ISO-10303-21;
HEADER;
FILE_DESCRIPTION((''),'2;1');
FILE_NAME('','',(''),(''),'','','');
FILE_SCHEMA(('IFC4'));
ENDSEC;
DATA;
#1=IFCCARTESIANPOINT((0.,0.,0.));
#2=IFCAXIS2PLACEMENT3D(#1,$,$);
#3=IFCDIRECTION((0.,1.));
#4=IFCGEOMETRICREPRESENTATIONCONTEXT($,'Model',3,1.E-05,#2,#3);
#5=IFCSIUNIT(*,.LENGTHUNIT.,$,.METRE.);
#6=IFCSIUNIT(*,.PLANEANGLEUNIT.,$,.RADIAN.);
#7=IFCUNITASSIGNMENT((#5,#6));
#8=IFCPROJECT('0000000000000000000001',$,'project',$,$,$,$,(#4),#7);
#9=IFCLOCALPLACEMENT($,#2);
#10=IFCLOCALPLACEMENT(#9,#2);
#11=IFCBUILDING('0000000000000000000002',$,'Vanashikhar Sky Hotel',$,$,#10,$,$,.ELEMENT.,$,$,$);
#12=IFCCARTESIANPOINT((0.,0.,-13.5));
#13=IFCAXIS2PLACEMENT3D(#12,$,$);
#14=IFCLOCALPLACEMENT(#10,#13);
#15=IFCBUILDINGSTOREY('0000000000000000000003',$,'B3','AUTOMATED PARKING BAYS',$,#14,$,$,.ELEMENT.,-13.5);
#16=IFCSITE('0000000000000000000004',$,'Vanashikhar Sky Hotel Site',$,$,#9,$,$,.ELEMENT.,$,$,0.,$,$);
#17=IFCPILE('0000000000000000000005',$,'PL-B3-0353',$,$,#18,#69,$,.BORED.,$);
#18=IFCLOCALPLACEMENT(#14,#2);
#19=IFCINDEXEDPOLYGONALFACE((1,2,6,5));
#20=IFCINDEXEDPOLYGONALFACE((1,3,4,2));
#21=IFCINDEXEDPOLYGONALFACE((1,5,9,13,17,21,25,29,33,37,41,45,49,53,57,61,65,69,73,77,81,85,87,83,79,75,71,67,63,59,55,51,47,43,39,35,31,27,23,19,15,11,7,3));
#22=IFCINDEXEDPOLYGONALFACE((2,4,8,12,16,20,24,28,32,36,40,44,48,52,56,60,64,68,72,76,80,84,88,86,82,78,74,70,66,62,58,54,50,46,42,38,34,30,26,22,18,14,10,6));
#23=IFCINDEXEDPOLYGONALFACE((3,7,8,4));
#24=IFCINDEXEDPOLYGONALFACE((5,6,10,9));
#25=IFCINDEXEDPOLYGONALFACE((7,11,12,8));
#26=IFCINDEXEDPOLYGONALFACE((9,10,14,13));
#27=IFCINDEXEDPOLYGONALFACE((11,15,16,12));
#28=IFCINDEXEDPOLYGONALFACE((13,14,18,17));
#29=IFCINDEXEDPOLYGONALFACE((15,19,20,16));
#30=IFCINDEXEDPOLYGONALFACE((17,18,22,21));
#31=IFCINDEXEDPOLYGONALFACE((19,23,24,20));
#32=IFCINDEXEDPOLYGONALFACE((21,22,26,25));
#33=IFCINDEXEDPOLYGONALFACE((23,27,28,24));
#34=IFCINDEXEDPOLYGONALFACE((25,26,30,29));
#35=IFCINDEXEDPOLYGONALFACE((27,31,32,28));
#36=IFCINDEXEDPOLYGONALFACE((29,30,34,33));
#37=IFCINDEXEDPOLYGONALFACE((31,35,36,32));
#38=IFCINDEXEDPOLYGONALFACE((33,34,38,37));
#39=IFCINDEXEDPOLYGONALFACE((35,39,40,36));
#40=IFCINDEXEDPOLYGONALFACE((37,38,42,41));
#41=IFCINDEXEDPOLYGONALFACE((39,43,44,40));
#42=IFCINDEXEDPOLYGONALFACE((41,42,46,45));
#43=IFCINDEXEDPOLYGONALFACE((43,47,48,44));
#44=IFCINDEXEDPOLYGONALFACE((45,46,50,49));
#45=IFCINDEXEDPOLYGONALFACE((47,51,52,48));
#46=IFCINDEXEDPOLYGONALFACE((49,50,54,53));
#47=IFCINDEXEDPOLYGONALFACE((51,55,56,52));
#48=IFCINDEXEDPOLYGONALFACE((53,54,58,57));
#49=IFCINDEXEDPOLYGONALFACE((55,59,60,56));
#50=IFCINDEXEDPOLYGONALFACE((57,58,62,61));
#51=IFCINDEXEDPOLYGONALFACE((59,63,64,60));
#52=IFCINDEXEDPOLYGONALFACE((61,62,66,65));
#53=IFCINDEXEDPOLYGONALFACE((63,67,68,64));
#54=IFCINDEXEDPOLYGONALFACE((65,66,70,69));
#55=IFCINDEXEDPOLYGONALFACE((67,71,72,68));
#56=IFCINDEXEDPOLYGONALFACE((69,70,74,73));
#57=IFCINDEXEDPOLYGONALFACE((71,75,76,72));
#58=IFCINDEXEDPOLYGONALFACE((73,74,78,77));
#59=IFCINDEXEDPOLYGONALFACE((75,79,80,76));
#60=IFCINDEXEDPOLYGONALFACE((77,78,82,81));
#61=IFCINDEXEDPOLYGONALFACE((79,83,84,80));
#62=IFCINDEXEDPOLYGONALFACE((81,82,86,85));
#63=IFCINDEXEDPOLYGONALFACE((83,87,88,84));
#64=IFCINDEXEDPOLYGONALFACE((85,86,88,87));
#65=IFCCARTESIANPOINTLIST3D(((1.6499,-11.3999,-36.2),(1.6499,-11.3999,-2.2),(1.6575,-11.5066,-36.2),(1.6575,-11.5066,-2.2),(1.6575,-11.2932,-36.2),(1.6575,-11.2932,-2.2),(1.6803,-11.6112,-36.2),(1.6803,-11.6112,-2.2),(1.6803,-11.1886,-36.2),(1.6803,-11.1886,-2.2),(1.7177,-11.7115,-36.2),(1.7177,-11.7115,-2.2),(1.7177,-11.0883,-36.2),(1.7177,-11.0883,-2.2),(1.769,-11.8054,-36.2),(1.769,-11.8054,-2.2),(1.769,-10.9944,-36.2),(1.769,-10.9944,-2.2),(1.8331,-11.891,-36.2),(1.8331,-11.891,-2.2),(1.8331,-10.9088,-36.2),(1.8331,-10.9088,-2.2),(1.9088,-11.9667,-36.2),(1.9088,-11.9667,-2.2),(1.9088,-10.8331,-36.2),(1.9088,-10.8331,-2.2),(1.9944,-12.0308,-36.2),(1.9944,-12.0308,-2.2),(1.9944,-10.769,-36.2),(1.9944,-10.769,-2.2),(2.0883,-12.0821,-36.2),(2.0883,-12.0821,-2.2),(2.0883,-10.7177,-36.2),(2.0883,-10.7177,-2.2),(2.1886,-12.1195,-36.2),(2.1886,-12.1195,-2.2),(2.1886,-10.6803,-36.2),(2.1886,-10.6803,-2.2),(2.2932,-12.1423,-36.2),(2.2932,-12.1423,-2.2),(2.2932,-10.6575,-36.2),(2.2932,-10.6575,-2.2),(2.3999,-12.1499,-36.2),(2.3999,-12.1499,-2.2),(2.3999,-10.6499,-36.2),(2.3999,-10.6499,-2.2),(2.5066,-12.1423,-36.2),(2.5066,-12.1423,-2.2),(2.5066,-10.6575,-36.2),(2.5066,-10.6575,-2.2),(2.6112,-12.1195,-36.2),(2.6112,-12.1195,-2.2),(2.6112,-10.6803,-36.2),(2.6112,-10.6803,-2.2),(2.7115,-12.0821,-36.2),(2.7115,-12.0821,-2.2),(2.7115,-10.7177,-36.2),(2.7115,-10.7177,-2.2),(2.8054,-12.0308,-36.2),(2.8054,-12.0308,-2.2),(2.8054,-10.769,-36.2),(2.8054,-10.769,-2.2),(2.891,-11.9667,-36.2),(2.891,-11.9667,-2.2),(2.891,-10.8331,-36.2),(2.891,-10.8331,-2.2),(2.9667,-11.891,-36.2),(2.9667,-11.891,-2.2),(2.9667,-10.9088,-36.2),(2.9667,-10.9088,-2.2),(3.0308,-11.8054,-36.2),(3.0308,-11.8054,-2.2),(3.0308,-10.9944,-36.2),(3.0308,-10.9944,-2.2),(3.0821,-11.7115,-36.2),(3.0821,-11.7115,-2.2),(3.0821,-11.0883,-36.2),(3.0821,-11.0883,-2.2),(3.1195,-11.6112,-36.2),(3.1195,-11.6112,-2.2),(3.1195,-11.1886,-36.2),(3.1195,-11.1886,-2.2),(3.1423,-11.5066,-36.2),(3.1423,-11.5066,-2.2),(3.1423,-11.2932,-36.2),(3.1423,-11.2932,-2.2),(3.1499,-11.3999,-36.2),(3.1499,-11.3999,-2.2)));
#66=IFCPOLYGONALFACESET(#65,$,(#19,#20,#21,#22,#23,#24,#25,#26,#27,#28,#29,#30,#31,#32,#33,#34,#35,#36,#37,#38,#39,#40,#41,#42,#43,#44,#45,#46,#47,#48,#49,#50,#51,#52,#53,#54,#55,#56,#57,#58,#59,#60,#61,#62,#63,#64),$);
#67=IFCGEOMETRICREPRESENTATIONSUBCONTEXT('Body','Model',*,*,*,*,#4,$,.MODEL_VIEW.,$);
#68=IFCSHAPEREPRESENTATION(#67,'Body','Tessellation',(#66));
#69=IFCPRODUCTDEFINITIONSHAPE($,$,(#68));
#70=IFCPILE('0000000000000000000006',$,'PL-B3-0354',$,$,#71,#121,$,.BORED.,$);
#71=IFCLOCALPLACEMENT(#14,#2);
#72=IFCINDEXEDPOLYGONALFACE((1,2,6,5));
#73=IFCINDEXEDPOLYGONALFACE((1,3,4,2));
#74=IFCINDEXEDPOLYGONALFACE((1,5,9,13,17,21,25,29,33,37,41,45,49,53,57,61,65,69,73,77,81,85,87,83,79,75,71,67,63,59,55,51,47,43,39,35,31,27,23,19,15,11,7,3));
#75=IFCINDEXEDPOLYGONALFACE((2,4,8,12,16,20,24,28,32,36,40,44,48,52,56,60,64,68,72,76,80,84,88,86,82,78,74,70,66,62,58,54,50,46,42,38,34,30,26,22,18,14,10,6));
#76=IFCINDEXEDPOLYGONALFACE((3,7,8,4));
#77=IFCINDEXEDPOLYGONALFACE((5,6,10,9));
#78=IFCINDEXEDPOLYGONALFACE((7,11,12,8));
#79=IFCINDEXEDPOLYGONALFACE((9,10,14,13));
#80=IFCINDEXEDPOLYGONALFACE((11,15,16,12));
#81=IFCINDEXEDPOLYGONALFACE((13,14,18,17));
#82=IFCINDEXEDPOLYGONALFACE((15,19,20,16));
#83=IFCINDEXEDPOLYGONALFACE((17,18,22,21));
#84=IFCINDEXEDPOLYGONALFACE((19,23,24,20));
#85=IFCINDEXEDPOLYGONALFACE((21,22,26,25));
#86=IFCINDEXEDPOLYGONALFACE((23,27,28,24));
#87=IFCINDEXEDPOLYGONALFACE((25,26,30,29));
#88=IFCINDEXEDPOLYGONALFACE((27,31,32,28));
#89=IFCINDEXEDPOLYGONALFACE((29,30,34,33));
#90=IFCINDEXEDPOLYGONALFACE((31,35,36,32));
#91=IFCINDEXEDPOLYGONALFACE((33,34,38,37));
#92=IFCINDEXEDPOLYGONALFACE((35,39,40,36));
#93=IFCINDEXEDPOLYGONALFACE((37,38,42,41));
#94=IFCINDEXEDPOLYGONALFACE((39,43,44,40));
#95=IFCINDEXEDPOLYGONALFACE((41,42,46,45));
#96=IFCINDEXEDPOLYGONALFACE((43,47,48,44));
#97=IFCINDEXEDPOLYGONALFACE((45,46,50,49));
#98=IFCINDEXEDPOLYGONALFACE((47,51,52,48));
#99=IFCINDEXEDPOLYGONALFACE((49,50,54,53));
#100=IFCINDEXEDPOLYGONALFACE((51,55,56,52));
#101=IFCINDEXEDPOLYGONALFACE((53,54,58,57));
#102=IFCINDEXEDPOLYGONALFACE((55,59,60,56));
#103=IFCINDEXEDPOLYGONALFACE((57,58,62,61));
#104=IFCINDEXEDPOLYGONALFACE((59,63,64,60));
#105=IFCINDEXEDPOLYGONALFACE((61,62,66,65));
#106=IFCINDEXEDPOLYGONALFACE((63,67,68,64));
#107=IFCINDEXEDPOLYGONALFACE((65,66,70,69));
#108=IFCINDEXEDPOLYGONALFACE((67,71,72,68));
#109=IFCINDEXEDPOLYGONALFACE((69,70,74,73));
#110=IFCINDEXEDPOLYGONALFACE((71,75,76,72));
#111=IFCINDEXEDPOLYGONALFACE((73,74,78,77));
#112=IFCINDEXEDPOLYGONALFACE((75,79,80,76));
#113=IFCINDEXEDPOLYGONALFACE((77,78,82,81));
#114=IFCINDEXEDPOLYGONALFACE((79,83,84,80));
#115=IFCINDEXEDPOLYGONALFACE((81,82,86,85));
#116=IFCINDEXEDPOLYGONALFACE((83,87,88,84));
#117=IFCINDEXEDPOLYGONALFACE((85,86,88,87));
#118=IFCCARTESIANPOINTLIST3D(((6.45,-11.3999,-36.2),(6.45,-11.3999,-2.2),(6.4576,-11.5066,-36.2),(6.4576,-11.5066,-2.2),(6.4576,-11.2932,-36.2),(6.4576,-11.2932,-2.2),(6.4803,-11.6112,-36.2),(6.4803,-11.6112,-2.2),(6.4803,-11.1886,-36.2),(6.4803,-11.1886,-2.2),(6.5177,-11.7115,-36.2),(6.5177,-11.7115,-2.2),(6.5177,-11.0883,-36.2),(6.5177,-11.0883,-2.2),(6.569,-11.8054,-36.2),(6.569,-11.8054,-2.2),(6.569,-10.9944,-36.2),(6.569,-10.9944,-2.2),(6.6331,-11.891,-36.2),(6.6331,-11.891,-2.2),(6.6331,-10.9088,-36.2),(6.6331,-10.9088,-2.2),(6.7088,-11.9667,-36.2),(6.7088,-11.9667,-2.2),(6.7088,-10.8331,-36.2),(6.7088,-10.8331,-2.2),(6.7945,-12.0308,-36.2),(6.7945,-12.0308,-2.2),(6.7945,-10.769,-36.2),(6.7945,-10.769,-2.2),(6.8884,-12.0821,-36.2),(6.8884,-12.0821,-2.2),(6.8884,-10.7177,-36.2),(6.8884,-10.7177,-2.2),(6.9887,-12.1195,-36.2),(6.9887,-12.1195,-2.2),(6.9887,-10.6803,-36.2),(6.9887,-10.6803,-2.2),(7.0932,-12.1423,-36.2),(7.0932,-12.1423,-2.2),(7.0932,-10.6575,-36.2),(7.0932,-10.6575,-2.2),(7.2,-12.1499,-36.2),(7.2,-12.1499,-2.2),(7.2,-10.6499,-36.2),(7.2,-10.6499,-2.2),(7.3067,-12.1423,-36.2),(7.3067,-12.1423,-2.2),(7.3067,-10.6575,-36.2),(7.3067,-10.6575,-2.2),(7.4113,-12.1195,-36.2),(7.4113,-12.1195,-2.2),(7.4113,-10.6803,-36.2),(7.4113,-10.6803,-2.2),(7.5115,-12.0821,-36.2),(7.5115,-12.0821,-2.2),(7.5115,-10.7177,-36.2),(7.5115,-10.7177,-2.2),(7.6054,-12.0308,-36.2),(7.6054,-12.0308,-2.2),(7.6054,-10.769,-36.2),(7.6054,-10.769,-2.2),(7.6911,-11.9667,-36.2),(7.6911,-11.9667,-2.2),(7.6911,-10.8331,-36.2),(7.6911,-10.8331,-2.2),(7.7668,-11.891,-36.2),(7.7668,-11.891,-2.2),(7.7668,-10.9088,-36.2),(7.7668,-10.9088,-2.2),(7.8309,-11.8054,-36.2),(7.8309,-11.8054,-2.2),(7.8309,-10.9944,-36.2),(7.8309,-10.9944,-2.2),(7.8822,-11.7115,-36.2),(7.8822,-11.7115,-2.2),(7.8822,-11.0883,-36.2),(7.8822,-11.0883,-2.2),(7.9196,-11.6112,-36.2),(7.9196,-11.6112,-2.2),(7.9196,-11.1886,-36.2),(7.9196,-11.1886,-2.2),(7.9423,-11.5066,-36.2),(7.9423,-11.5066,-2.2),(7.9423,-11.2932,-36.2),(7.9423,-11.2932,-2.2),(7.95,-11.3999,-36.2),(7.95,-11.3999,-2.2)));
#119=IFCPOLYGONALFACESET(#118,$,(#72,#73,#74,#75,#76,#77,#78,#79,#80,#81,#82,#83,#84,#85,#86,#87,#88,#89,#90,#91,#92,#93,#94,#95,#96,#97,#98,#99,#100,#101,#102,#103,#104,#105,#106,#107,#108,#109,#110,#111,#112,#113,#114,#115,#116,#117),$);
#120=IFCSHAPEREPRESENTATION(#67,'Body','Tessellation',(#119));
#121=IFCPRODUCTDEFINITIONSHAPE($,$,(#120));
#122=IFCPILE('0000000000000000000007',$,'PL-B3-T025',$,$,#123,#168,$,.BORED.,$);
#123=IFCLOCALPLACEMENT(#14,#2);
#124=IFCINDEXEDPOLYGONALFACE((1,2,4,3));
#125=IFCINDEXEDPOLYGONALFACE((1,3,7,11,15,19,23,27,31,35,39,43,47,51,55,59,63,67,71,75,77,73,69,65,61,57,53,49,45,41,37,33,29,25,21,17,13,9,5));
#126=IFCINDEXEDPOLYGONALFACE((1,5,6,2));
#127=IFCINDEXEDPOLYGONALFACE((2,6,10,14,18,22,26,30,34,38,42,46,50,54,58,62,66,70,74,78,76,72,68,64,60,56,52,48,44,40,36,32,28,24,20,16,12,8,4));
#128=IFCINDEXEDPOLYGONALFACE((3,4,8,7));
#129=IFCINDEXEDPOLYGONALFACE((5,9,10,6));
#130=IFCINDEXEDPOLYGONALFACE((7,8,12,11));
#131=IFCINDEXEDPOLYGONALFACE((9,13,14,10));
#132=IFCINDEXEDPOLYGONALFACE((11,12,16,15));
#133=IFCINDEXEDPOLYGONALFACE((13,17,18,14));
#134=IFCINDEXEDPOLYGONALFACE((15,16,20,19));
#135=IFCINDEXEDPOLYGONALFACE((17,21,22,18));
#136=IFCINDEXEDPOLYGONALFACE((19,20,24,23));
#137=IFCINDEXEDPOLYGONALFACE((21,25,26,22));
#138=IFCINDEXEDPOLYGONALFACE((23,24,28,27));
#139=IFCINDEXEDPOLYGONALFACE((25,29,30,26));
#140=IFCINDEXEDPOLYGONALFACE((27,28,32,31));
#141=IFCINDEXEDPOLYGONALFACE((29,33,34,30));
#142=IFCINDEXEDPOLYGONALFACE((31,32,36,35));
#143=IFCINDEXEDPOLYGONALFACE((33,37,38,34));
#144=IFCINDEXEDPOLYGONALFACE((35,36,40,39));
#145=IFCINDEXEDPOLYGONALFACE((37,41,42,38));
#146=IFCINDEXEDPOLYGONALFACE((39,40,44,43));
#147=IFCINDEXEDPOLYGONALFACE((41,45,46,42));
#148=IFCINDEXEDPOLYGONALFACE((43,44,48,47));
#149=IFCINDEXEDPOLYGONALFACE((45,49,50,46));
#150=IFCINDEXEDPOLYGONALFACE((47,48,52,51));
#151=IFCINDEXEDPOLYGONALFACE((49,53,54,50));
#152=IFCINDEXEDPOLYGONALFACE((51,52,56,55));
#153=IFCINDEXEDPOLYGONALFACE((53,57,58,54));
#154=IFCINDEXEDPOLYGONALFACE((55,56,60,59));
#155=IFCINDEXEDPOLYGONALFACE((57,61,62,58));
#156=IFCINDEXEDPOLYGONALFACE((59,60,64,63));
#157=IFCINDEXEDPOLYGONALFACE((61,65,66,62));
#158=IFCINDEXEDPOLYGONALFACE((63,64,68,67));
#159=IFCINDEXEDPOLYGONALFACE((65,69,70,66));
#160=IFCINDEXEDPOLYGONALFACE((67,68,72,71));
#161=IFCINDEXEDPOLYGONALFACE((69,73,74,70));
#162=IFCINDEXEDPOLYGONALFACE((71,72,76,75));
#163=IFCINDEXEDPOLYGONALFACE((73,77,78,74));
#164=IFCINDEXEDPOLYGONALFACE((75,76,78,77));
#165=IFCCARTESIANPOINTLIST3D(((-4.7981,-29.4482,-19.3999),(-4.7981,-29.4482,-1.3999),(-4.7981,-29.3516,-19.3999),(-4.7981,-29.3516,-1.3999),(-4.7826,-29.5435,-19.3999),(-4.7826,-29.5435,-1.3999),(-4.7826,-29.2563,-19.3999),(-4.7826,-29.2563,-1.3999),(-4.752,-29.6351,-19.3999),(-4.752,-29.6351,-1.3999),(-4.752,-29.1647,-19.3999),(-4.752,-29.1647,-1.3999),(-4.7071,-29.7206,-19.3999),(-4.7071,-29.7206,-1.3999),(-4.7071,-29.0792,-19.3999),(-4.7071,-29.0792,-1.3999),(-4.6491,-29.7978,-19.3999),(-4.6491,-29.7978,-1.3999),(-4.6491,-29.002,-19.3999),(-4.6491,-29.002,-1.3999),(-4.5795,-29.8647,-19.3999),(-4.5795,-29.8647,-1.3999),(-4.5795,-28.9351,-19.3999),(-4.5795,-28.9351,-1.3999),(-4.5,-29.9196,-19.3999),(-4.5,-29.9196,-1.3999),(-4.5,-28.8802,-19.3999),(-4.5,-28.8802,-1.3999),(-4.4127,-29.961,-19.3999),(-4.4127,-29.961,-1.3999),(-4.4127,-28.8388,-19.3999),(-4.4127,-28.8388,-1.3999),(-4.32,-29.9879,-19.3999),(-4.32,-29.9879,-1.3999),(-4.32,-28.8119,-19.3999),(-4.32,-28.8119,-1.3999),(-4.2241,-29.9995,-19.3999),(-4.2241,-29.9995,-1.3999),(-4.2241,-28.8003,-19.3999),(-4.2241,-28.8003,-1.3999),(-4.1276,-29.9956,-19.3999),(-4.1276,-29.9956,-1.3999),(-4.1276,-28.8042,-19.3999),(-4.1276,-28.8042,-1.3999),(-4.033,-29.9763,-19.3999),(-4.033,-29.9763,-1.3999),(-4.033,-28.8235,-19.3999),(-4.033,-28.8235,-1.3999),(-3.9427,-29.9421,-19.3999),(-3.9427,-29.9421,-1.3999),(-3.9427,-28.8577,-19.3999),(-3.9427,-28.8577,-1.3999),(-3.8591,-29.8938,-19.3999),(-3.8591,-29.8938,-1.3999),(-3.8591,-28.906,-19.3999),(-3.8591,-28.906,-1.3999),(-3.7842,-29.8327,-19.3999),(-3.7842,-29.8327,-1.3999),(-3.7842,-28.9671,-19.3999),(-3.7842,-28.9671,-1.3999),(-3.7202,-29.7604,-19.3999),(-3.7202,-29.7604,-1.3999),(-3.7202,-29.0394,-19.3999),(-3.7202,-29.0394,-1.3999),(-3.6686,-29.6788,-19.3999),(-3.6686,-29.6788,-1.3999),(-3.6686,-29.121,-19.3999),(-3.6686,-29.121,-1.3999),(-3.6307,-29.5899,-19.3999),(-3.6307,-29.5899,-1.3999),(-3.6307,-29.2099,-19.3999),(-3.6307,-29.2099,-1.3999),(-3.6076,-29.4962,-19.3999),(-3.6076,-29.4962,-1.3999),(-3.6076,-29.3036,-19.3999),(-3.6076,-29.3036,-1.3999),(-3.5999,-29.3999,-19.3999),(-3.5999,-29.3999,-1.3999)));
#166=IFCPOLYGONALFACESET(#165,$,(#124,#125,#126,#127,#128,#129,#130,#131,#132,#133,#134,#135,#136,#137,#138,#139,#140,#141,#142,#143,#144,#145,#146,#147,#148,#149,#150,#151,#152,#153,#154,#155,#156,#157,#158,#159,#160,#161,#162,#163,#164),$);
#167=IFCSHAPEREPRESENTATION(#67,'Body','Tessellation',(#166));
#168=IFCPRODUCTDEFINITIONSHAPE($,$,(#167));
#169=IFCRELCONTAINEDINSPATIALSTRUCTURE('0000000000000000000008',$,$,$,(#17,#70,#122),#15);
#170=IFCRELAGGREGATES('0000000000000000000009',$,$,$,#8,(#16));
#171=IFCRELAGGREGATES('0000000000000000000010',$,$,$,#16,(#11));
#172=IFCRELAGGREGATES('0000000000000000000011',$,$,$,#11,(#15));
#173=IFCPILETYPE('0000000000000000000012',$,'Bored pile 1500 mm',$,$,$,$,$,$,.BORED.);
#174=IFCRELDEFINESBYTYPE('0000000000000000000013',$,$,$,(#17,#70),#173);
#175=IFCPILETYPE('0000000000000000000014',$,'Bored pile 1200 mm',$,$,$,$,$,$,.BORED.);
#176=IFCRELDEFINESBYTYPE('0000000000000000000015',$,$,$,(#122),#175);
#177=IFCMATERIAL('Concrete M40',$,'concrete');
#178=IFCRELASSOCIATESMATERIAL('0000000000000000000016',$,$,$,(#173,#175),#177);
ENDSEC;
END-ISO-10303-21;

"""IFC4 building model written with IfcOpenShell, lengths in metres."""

from ifc_helpers import new_model, si_unit, direction, frame, origin, origin_2d, place, context, subcontext, project, spatial, circle, extrude, source, transform, mapped, material, type_object, element, save


model = new_model("IFC4")

# Units and contexts
model_context = context("Model", 3, precision=1e-05, world=origin(), true_north=direction((0.0, 1.0)))
body_context = subcontext(model_context, "Body", "Model", "MODEL_VIEW")
ifc_project = project(units=[si_unit("LENGTHUNIT", "METRE"), si_unit("PLANEANGLEUNIT", "RADIAN")], contexts=[model_context])

# Site, building, storey
site_placement = place(None, origin())
site = spatial("IfcSite", under=ifc_project, at=site_placement, Name="Vanashikhar Sky Hotel Site", CompositionType="ELEMENT", RefElevation=0.0)
building_placement = place(site_placement, origin())
building = spatial("IfcBuilding", under=site, at=building_placement, Name="Vanashikhar Sky Hotel", CompositionType="ELEMENT")
storey_placement = place(building_placement, frame((0.0, 0.0, -13.5)))
storey = spatial("IfcBuildingStorey", under=building, at=storey_placement, Name="B3", Description="AUTOMATED PARKING BAYS", CompositionType="ELEMENT", Elevation=-13.5)

# Piles
ifc_material_1 = material(Name="Concrete M40", Category="concrete")
pile_type_1 = type_object("IfcPileType", Name="Bored pile 1500 mm", PredefinedType="BORED", material=ifc_material_1)
shared_shape_1 = source(origin(), body_context, "Body", "SweptSolid", [
    extrude(circle(Radius=0.75, at=origin_2d()), origin(), (0.0, 0.0, 1.0), 34.0),
])
for number, where, z_axis, x_axis, name in (
    (1, (2.3999, -11.3999, -2.2), (0.0, 0.0, -1.0), (1.0, 0.0, 0.0), "PL-B3-0353"),
    (2, (7.2, -11.3999, -2.2), (0.0, 0.0, -1.0), (1.0, 0.0, 0.0), "PL-B3-0354"),
):
    element("IfcPile", number, at=place(storey_placement, frame(where, z_axis=z_axis, x_axis=x_axis)), inside=storey, type_object=pile_type_1, Name=name, PredefinedType="BORED", context=body_context, shape_type="MappedRepresentation", body=[
        mapped(shared_shape_1, transform((0.0, 0.0, 0.0), scale=1.0)),
    ])
pile_type_2 = type_object("IfcPileType", Name="Bored pile 1200 mm", PredefinedType="BORED", material=ifc_material_1)
shared_shape_2 = source(origin(), body_context, "Body", "SweptSolid", [
    extrude(circle(Radius=0.6001, at=origin_2d()), origin(), (0.0, 0.0, 1.0), 18.0),
])
for number, where, z_axis, x_axis, name in (
    (3, (-4.2, -29.3999, -1.3999), (0.0, 0.0, -1.0), (1.0, 0.0, 0.0), "PL-B3-T025"),
):
    element("IfcPile", number, at=place(storey_placement, frame(where, z_axis=z_axis, x_axis=x_axis)), inside=storey, type_object=pile_type_2, Name=name, PredefinedType="BORED", context=body_context, shape_type="MappedRepresentation", body=[
        mapped(shared_shape_2, transform((0.0, 0.0, 0.0), scale=1.0)),
    ])

save(model, "model.ifc")
